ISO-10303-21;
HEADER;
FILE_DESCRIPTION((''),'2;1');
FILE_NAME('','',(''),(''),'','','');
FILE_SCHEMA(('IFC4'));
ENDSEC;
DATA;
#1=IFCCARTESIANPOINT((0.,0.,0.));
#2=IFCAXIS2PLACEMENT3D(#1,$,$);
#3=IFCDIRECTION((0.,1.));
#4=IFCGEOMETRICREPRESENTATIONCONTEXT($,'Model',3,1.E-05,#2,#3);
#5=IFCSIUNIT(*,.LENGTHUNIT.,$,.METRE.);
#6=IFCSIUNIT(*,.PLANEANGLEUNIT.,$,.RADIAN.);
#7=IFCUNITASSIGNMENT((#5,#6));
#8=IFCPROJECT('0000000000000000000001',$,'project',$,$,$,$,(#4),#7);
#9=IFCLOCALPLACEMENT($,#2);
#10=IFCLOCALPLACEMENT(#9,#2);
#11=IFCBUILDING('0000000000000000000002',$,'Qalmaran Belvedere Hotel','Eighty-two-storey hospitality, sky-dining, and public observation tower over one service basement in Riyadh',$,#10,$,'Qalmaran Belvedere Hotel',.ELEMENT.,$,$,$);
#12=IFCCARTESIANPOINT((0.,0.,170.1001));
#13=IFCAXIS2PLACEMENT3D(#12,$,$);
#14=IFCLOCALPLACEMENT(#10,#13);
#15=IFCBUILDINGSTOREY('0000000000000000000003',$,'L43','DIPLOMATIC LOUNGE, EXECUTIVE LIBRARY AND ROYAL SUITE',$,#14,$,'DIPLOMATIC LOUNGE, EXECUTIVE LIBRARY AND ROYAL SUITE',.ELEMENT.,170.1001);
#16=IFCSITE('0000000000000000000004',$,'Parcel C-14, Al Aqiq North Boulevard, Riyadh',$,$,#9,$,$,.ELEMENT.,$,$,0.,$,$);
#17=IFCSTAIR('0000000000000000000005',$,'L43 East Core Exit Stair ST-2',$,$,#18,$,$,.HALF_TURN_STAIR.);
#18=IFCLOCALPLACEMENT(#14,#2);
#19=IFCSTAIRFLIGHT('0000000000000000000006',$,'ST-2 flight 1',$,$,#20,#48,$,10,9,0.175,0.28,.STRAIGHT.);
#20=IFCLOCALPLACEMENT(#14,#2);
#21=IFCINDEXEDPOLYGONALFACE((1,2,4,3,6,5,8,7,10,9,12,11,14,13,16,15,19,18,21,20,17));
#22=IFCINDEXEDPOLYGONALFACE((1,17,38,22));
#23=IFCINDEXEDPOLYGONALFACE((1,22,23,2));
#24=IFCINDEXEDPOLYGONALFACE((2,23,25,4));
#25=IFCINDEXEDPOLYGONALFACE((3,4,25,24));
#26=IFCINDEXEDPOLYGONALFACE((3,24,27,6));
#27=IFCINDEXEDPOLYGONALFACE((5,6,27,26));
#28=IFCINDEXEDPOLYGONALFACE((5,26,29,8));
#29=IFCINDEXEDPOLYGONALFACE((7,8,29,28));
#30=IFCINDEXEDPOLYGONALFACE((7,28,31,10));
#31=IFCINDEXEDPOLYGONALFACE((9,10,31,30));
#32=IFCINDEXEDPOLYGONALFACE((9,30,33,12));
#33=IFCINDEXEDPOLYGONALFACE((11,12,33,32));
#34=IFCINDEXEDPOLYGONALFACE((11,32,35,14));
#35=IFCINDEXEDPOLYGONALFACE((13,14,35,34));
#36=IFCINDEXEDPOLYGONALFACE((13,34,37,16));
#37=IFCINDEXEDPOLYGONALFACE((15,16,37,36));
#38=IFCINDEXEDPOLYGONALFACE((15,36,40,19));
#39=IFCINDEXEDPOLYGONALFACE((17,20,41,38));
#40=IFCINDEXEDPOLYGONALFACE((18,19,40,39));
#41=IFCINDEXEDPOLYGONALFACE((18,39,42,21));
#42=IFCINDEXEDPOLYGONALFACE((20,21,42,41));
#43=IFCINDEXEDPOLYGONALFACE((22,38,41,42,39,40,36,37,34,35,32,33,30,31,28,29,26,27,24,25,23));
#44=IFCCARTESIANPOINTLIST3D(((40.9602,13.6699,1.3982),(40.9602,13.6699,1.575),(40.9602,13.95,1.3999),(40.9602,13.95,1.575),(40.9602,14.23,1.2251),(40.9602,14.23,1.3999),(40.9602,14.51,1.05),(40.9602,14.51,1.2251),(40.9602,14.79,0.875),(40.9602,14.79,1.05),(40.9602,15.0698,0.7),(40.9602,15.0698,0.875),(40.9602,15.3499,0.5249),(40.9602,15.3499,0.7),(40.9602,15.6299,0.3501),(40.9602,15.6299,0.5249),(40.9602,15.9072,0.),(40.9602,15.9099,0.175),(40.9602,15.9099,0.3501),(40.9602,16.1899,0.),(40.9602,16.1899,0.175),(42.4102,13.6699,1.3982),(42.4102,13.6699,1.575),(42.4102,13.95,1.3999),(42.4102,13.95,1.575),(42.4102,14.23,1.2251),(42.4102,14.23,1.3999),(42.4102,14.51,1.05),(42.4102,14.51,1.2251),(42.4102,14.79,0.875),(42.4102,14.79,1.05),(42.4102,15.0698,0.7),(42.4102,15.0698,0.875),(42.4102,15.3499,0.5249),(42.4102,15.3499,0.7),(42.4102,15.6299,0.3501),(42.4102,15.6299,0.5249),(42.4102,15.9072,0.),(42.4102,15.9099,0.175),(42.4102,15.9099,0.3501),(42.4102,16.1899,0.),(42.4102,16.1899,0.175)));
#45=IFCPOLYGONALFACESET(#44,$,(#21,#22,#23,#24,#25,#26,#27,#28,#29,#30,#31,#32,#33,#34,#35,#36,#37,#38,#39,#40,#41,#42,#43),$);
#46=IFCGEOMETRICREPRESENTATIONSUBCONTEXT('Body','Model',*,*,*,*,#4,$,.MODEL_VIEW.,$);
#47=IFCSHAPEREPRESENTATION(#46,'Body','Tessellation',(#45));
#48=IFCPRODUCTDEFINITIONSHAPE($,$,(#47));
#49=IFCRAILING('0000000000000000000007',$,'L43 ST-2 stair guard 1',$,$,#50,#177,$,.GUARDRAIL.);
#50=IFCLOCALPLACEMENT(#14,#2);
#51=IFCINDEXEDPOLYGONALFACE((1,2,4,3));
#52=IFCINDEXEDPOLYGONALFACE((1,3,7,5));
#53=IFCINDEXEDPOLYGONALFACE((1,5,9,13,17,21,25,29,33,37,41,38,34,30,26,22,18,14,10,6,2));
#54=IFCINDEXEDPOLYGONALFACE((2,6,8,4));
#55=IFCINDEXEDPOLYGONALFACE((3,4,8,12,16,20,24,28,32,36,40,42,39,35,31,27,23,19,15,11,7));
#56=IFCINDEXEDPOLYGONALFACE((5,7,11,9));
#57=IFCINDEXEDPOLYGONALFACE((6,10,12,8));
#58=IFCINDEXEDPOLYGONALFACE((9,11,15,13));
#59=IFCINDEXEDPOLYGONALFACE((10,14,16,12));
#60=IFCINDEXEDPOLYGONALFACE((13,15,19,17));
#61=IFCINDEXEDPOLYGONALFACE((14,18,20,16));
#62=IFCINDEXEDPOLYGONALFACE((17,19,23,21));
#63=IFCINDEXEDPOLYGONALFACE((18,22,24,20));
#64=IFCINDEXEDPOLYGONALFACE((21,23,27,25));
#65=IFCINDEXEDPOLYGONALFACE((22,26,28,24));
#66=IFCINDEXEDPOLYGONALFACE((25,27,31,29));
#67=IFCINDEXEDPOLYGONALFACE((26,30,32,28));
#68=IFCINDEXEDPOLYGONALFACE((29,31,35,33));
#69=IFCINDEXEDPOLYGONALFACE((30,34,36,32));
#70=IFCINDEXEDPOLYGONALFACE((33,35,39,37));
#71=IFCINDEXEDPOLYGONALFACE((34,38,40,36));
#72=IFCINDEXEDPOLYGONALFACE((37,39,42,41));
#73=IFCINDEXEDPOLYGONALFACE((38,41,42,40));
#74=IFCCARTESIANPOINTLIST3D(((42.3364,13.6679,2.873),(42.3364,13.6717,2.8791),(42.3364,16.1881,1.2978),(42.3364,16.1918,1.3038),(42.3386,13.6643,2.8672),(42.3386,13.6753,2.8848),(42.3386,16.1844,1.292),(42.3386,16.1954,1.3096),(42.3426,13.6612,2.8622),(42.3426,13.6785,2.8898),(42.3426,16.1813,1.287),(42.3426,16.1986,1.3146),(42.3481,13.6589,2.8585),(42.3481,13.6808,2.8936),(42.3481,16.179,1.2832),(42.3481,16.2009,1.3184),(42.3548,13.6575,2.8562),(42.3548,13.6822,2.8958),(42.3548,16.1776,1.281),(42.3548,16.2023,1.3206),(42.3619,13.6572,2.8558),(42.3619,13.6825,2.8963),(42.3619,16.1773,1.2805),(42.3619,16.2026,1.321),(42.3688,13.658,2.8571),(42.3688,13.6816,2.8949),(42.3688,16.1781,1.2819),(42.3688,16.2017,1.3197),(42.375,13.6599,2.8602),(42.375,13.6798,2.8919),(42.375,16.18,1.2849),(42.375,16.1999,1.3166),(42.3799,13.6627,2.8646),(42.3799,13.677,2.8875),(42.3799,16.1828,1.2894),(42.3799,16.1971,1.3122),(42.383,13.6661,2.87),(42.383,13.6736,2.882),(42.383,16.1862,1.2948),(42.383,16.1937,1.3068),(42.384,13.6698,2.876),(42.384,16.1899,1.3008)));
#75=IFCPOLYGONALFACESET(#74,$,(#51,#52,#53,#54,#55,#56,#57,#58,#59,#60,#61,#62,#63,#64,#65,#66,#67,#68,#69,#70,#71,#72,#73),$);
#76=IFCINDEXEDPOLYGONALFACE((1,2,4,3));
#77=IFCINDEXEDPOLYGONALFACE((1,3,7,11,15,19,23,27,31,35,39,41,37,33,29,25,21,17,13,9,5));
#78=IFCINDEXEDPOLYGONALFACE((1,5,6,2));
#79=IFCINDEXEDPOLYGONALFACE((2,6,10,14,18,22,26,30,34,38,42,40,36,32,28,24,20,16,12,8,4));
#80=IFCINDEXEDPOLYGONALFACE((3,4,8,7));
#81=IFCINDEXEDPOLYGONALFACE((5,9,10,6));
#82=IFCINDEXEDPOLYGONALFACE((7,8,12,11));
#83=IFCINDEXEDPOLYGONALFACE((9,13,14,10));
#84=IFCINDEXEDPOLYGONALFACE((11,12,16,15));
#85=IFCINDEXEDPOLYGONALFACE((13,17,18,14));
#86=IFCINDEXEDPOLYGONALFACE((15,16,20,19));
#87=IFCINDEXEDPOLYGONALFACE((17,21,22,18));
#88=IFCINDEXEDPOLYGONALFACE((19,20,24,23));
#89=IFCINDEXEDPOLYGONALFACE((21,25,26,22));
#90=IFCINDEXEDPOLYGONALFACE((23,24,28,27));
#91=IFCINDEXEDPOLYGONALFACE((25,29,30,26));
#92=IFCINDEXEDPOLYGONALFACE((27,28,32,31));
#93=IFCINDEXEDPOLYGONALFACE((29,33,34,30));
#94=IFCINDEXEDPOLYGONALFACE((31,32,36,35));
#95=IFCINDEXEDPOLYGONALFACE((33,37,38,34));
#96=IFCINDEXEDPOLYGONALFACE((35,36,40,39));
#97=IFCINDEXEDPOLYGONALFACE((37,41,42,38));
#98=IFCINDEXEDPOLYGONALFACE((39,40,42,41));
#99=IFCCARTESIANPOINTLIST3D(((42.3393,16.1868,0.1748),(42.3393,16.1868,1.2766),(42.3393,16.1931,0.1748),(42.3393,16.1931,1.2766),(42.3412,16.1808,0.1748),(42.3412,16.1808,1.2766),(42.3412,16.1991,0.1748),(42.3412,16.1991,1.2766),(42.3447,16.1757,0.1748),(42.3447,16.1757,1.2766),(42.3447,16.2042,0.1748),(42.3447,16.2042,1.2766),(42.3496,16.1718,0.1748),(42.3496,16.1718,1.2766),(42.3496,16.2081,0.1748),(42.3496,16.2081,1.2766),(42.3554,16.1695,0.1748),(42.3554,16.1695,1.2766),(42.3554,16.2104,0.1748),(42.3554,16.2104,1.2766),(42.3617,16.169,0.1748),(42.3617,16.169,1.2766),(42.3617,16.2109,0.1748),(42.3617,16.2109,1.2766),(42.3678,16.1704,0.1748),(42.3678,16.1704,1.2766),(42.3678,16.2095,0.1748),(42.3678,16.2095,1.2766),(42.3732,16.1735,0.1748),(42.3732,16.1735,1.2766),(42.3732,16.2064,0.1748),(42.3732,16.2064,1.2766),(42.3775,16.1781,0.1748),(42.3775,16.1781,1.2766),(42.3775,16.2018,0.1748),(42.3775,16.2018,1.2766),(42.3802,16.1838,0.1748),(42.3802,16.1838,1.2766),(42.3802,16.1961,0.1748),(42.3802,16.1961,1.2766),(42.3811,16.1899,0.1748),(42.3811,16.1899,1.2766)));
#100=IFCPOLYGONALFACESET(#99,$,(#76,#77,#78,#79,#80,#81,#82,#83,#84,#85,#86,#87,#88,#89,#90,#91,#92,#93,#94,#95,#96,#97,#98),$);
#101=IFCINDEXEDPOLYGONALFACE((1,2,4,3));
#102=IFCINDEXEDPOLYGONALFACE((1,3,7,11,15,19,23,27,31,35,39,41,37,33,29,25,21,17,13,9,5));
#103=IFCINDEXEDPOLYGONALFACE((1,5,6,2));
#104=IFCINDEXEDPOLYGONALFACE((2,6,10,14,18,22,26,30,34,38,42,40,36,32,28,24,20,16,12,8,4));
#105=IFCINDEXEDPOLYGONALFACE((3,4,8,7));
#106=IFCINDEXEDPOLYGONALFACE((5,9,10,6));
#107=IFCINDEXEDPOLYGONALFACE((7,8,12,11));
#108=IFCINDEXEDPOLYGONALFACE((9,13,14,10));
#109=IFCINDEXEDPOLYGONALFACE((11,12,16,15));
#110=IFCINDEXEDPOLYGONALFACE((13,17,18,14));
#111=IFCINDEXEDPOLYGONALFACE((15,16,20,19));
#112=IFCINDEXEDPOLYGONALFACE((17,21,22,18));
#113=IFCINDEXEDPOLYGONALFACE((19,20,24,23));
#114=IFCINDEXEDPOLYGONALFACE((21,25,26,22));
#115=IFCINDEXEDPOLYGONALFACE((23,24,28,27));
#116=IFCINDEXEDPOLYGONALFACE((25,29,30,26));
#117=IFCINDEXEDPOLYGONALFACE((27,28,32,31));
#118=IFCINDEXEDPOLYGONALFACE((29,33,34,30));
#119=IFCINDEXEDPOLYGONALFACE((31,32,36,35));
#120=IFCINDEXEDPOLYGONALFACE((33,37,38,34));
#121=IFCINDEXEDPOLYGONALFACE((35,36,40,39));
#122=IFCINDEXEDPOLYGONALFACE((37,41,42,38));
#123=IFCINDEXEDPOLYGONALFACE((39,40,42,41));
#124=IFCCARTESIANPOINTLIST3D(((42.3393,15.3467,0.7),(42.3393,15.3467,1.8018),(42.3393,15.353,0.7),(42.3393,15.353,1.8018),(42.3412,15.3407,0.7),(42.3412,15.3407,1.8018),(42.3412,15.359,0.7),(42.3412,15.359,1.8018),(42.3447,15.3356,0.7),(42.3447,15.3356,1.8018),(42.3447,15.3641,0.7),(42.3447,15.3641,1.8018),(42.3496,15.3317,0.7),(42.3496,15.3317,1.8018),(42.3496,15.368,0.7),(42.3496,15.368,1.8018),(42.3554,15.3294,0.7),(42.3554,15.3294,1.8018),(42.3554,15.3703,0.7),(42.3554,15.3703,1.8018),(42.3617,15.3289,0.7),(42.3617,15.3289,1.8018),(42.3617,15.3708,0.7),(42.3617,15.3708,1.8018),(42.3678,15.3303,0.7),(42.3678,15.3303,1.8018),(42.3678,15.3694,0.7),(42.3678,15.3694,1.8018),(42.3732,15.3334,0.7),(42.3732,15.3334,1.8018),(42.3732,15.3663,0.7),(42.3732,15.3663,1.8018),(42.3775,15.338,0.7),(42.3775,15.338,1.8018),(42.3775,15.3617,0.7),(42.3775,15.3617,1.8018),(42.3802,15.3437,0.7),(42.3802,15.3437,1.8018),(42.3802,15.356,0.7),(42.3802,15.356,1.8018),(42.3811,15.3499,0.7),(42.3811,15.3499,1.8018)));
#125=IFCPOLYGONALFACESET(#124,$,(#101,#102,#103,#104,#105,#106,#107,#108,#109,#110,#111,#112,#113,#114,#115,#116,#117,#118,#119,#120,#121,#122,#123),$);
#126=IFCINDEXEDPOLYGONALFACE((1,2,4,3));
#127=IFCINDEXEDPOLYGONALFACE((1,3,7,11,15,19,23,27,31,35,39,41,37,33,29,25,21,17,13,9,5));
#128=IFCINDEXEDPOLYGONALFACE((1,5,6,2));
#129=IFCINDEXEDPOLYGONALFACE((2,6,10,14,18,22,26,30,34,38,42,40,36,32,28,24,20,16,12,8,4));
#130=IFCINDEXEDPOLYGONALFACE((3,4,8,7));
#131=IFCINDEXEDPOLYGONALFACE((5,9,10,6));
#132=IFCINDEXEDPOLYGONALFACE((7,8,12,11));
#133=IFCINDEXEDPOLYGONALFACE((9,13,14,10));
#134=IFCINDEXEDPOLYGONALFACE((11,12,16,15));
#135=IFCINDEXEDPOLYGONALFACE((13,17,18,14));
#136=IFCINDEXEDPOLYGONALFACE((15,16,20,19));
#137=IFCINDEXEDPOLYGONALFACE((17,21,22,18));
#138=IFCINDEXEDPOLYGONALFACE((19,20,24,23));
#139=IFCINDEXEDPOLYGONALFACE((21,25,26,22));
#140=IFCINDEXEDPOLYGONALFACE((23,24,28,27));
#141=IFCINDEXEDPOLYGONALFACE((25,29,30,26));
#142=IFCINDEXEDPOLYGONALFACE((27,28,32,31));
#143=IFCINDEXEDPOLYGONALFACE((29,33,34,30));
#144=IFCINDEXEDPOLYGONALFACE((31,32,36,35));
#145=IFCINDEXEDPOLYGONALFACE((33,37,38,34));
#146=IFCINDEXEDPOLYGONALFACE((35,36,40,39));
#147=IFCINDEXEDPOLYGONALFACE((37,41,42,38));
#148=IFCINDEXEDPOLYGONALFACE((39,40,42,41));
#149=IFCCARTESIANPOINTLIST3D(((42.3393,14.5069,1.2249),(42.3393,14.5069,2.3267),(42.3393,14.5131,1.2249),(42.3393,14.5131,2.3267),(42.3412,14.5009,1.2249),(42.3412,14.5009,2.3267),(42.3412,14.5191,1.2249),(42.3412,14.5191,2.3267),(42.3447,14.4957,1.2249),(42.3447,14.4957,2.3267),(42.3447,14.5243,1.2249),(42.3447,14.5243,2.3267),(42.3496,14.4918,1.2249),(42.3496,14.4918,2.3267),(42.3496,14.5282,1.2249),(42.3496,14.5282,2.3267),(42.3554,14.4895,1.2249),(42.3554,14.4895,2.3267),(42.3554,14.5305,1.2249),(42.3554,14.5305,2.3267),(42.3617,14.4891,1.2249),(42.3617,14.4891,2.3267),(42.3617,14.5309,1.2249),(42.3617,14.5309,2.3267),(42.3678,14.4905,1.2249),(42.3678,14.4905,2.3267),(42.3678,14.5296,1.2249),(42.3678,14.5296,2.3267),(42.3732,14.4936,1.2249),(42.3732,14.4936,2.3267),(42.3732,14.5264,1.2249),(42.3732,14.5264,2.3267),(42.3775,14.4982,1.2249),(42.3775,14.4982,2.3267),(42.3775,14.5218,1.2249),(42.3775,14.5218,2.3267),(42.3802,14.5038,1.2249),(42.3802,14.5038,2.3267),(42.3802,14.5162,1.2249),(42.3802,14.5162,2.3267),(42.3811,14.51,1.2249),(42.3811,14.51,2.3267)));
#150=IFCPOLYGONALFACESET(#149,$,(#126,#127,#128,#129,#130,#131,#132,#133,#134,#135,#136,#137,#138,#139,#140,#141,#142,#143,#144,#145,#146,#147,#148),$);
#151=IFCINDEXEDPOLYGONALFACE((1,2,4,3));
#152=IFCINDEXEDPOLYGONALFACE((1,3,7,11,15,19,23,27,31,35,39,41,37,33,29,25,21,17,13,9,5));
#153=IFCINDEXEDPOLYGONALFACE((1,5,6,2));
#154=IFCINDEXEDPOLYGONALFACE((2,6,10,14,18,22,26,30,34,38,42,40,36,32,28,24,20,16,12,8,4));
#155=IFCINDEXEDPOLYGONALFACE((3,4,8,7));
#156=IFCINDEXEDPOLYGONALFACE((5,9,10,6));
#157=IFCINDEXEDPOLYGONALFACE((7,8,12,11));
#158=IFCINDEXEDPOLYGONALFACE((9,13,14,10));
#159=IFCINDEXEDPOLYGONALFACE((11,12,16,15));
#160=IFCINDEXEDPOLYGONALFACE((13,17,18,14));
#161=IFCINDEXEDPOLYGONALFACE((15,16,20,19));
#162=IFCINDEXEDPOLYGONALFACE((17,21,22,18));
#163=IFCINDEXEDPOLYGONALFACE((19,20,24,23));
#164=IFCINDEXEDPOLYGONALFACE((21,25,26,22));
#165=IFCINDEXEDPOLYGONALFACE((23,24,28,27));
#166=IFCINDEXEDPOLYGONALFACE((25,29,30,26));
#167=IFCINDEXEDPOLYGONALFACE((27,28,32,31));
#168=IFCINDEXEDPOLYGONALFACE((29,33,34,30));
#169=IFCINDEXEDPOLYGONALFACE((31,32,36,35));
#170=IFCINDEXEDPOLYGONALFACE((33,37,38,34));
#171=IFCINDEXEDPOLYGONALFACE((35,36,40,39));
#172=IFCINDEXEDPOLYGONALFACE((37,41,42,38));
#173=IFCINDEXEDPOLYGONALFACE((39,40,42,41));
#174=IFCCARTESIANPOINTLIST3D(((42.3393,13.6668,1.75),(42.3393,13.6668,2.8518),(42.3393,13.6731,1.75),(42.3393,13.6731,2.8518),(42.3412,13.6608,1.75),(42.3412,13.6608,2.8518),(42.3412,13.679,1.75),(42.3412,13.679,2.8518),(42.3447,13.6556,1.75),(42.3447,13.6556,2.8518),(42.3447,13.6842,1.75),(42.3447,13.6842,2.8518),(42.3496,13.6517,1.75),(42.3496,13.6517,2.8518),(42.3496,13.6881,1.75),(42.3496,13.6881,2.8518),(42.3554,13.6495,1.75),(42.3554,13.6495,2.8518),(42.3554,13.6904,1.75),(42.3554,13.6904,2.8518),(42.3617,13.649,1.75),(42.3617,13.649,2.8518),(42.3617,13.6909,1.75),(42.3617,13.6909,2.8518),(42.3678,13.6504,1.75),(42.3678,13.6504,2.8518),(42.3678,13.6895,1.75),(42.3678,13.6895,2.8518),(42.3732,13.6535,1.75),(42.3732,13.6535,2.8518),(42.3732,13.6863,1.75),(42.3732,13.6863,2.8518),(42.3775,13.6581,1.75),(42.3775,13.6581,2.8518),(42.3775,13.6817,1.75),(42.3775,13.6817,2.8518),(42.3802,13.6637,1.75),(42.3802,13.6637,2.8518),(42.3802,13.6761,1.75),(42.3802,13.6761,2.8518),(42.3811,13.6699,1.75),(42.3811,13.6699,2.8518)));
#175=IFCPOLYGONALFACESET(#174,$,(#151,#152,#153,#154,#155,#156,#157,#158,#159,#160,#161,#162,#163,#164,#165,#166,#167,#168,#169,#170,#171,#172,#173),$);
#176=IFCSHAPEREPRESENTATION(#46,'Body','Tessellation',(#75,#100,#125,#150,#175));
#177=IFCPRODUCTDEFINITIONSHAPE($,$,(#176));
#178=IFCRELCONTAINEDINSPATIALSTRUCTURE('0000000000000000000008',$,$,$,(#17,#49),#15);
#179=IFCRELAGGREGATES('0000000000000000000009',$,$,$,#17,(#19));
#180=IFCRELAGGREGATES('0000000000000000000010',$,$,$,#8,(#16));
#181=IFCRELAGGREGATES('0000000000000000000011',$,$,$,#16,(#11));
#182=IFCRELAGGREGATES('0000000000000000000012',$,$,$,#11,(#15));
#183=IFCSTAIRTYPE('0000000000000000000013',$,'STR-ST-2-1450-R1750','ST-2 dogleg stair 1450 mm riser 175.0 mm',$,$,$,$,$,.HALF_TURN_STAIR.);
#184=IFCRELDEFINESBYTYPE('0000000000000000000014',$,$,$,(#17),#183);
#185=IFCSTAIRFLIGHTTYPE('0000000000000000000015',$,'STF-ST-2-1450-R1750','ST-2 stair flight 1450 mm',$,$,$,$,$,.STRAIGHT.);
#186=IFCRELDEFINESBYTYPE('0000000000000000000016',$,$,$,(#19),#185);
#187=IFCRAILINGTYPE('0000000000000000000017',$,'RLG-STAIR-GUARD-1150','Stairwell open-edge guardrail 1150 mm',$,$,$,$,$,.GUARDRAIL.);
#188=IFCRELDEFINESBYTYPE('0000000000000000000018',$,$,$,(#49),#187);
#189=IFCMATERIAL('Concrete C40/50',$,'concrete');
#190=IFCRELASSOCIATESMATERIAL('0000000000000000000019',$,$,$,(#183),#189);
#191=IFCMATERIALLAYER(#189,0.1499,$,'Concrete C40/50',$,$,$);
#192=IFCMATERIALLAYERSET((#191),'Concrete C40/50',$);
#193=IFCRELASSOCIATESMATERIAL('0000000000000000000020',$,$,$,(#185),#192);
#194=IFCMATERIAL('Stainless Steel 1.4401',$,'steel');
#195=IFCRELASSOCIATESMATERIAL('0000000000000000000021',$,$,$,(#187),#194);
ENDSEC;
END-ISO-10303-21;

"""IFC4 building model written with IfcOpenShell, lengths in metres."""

from ifc_helpers import new_model, si_unit, direction, frame, origin, origin_2d, place, context, subcontext, project, spatial, polyline, circle, outline, extrude, material, layer, layer_set, type_object, element, aggregate, save


model = new_model("IFC4")

# Units and contexts
model_context = context("Model", 3, precision=1e-05, world=origin(), true_north=direction((0.0, 1.0)))
body_context = subcontext(model_context, "Body", "Model", "MODEL_VIEW")
ifc_project = project(units=[si_unit("LENGTHUNIT", "METRE"), si_unit("PLANEANGLEUNIT", "RADIAN")], contexts=[model_context])

# Site, building, storey
site_placement = place(None, origin())
site = spatial("IfcSite", under=ifc_project, at=site_placement, Name="Parcel C-14, Al Aqiq North Boulevard, Riyadh", CompositionType="ELEMENT", RefElevation=0.0)
building_placement = place(site_placement, origin())
building = spatial("IfcBuilding", under=site, at=building_placement, Name="Qalmaran Belvedere Hotel", Description="Eighty-two-storey hospitality, sky-dining, and public observation tower over one service basement in Riyadh", LongName="Qalmaran Belvedere Hotel", CompositionType="ELEMENT")
storey_placement = place(building_placement, frame((0.0, 0.0, 170.1001)))
storey = spatial("IfcBuildingStorey", under=building, at=storey_placement, Name="L43", Description="DIPLOMATIC LOUNGE, EXECUTIVE LIBRARY AND ROYAL SUITE", LongName="DIPLOMATIC LOUNGE, EXECUTIVE LIBRARY AND ROYAL SUITE", CompositionType="ELEMENT", Elevation=170.1001)

# Shared definitions
ifc_material_1 = material(Name="Stainless Steel 1.4401", Category="steel")

# Stair, stair flight
ifc_material_2 = material(Name="Concrete C40/50", Category="concrete")
stair_type = type_object("IfcStairType", Name="STR-ST-2-1450-R1750", Description="ST-2 dogleg stair 1450 mm riser 175.0 mm", PredefinedType="HALF_TURN_STAIR", material=ifc_material_2)
stair_placement = place(storey_placement, origin())
stair = element("IfcStair", 1, at=stair_placement, inside=storey, type_object=stair_type, Name="L43 East Core Exit Stair ST-2", PredefinedType="HALF_TURN_STAIR")
ifc_layer_1 = layer(ifc_material_2, 0.1499, Name="Concrete C40/50")
ifc_layer_set_1 = layer_set([ifc_layer_1], Name="Concrete C40/50")
stair_flight_type = type_object("IfcStairFlightType", Name="STF-ST-2-1450-R1750", Description="ST-2 stair flight 1450 mm", PredefinedType="STRAIGHT", material=ifc_layer_set_1)
stair_flight_placement = place(storey_placement, frame((41.6851, 16.1899, 0.0), z_axis=(0.0, 0.0, 1.0), x_axis=(0.0, -1.0, 0.0)))
stair_flight = element("IfcStairFlight", 2, at=stair_flight_placement, type_object=stair_flight_type, Name="ST-2 flight 1", NumberOfRisers=10, NumberOfTreads=9, PredefinedType="STRAIGHT", RiserHeight=0.175, TreadLength=0.28, context=body_context, shape_type="SweptSolid", body=[
    extrude(outline(polyline([(0.0, 0.0), (0.0, 0.175), (0.28, 0.175), (0.28, 0.3501), (0.5601, 0.3501), (0.5601, 0.5249), (0.8401, 0.5249), (0.8401, 0.7), (1.1201, 0.7), (1.1201, 0.875), (1.3999, 0.875), (1.3999, 1.05), (1.6799, 1.05), (1.6799, 1.2251), (1.96, 1.2251), (1.96, 1.3999), (2.24, 1.3999), (2.24, 1.575), (2.52, 1.575), (2.52, 1.75), (2.52, 1.3982), (0.2827, 0.0), (0.0, 0.0)])), frame((0.0, 0.7251, 0.0), z_axis=(0.0, -1.0, 0.0), x_axis=(1.0, 0.0, 0.0)), (0.0, 0.0, 1.0), 1.45),
])
aggregate(stair, [stair_flight])

# Railing
railing_type_1 = type_object("IfcRailingType", Name="RLG-STAIR-GUARD-1150", Description="Stairwell open-edge guardrail 1150 mm", PredefinedType="GUARDRAIL", material=ifc_material_1)
railing_1_placement = place(storey_placement, frame((42.3601, 16.1899, 0.1748)))
element("IfcRailing", 3, at=railing_1_placement, inside=storey, type_object=railing_type_1, Name="L43 ST-2 stair guard 1", PredefinedType="GUARDRAIL", context=body_context, shape_type="SweptSolid", body=[
    extrude(circle(Radius=0.0239, at=origin_2d()), frame((0.0, 0.0, 1.126), z_axis=(0.0, -0.847971, 0.530043), x_axis=(1.0, 0.0, 0.0)), (0.0, 0.0, 1.0), 2.9719),
    extrude(circle(Radius=0.021, at=origin_2d()), origin(), (0.0, 0.0, 1.0), 1.1018),
    extrude(circle(Radius=0.021, at=origin_2d()), frame((0.0, -0.8401, 0.5251)), (0.0, 0.0, 1.0), 1.1018),
    extrude(circle(Radius=0.021, at=origin_2d()), frame((0.0, -1.6799, 1.05)), (0.0, 0.0, 1.0), 1.1018),
    extrude(circle(Radius=0.021, at=origin_2d()), frame((0.0, -2.52, 1.5752)), (0.0, 0.0, 1.0), 1.1018),
])

save(model, "model.ifc")
